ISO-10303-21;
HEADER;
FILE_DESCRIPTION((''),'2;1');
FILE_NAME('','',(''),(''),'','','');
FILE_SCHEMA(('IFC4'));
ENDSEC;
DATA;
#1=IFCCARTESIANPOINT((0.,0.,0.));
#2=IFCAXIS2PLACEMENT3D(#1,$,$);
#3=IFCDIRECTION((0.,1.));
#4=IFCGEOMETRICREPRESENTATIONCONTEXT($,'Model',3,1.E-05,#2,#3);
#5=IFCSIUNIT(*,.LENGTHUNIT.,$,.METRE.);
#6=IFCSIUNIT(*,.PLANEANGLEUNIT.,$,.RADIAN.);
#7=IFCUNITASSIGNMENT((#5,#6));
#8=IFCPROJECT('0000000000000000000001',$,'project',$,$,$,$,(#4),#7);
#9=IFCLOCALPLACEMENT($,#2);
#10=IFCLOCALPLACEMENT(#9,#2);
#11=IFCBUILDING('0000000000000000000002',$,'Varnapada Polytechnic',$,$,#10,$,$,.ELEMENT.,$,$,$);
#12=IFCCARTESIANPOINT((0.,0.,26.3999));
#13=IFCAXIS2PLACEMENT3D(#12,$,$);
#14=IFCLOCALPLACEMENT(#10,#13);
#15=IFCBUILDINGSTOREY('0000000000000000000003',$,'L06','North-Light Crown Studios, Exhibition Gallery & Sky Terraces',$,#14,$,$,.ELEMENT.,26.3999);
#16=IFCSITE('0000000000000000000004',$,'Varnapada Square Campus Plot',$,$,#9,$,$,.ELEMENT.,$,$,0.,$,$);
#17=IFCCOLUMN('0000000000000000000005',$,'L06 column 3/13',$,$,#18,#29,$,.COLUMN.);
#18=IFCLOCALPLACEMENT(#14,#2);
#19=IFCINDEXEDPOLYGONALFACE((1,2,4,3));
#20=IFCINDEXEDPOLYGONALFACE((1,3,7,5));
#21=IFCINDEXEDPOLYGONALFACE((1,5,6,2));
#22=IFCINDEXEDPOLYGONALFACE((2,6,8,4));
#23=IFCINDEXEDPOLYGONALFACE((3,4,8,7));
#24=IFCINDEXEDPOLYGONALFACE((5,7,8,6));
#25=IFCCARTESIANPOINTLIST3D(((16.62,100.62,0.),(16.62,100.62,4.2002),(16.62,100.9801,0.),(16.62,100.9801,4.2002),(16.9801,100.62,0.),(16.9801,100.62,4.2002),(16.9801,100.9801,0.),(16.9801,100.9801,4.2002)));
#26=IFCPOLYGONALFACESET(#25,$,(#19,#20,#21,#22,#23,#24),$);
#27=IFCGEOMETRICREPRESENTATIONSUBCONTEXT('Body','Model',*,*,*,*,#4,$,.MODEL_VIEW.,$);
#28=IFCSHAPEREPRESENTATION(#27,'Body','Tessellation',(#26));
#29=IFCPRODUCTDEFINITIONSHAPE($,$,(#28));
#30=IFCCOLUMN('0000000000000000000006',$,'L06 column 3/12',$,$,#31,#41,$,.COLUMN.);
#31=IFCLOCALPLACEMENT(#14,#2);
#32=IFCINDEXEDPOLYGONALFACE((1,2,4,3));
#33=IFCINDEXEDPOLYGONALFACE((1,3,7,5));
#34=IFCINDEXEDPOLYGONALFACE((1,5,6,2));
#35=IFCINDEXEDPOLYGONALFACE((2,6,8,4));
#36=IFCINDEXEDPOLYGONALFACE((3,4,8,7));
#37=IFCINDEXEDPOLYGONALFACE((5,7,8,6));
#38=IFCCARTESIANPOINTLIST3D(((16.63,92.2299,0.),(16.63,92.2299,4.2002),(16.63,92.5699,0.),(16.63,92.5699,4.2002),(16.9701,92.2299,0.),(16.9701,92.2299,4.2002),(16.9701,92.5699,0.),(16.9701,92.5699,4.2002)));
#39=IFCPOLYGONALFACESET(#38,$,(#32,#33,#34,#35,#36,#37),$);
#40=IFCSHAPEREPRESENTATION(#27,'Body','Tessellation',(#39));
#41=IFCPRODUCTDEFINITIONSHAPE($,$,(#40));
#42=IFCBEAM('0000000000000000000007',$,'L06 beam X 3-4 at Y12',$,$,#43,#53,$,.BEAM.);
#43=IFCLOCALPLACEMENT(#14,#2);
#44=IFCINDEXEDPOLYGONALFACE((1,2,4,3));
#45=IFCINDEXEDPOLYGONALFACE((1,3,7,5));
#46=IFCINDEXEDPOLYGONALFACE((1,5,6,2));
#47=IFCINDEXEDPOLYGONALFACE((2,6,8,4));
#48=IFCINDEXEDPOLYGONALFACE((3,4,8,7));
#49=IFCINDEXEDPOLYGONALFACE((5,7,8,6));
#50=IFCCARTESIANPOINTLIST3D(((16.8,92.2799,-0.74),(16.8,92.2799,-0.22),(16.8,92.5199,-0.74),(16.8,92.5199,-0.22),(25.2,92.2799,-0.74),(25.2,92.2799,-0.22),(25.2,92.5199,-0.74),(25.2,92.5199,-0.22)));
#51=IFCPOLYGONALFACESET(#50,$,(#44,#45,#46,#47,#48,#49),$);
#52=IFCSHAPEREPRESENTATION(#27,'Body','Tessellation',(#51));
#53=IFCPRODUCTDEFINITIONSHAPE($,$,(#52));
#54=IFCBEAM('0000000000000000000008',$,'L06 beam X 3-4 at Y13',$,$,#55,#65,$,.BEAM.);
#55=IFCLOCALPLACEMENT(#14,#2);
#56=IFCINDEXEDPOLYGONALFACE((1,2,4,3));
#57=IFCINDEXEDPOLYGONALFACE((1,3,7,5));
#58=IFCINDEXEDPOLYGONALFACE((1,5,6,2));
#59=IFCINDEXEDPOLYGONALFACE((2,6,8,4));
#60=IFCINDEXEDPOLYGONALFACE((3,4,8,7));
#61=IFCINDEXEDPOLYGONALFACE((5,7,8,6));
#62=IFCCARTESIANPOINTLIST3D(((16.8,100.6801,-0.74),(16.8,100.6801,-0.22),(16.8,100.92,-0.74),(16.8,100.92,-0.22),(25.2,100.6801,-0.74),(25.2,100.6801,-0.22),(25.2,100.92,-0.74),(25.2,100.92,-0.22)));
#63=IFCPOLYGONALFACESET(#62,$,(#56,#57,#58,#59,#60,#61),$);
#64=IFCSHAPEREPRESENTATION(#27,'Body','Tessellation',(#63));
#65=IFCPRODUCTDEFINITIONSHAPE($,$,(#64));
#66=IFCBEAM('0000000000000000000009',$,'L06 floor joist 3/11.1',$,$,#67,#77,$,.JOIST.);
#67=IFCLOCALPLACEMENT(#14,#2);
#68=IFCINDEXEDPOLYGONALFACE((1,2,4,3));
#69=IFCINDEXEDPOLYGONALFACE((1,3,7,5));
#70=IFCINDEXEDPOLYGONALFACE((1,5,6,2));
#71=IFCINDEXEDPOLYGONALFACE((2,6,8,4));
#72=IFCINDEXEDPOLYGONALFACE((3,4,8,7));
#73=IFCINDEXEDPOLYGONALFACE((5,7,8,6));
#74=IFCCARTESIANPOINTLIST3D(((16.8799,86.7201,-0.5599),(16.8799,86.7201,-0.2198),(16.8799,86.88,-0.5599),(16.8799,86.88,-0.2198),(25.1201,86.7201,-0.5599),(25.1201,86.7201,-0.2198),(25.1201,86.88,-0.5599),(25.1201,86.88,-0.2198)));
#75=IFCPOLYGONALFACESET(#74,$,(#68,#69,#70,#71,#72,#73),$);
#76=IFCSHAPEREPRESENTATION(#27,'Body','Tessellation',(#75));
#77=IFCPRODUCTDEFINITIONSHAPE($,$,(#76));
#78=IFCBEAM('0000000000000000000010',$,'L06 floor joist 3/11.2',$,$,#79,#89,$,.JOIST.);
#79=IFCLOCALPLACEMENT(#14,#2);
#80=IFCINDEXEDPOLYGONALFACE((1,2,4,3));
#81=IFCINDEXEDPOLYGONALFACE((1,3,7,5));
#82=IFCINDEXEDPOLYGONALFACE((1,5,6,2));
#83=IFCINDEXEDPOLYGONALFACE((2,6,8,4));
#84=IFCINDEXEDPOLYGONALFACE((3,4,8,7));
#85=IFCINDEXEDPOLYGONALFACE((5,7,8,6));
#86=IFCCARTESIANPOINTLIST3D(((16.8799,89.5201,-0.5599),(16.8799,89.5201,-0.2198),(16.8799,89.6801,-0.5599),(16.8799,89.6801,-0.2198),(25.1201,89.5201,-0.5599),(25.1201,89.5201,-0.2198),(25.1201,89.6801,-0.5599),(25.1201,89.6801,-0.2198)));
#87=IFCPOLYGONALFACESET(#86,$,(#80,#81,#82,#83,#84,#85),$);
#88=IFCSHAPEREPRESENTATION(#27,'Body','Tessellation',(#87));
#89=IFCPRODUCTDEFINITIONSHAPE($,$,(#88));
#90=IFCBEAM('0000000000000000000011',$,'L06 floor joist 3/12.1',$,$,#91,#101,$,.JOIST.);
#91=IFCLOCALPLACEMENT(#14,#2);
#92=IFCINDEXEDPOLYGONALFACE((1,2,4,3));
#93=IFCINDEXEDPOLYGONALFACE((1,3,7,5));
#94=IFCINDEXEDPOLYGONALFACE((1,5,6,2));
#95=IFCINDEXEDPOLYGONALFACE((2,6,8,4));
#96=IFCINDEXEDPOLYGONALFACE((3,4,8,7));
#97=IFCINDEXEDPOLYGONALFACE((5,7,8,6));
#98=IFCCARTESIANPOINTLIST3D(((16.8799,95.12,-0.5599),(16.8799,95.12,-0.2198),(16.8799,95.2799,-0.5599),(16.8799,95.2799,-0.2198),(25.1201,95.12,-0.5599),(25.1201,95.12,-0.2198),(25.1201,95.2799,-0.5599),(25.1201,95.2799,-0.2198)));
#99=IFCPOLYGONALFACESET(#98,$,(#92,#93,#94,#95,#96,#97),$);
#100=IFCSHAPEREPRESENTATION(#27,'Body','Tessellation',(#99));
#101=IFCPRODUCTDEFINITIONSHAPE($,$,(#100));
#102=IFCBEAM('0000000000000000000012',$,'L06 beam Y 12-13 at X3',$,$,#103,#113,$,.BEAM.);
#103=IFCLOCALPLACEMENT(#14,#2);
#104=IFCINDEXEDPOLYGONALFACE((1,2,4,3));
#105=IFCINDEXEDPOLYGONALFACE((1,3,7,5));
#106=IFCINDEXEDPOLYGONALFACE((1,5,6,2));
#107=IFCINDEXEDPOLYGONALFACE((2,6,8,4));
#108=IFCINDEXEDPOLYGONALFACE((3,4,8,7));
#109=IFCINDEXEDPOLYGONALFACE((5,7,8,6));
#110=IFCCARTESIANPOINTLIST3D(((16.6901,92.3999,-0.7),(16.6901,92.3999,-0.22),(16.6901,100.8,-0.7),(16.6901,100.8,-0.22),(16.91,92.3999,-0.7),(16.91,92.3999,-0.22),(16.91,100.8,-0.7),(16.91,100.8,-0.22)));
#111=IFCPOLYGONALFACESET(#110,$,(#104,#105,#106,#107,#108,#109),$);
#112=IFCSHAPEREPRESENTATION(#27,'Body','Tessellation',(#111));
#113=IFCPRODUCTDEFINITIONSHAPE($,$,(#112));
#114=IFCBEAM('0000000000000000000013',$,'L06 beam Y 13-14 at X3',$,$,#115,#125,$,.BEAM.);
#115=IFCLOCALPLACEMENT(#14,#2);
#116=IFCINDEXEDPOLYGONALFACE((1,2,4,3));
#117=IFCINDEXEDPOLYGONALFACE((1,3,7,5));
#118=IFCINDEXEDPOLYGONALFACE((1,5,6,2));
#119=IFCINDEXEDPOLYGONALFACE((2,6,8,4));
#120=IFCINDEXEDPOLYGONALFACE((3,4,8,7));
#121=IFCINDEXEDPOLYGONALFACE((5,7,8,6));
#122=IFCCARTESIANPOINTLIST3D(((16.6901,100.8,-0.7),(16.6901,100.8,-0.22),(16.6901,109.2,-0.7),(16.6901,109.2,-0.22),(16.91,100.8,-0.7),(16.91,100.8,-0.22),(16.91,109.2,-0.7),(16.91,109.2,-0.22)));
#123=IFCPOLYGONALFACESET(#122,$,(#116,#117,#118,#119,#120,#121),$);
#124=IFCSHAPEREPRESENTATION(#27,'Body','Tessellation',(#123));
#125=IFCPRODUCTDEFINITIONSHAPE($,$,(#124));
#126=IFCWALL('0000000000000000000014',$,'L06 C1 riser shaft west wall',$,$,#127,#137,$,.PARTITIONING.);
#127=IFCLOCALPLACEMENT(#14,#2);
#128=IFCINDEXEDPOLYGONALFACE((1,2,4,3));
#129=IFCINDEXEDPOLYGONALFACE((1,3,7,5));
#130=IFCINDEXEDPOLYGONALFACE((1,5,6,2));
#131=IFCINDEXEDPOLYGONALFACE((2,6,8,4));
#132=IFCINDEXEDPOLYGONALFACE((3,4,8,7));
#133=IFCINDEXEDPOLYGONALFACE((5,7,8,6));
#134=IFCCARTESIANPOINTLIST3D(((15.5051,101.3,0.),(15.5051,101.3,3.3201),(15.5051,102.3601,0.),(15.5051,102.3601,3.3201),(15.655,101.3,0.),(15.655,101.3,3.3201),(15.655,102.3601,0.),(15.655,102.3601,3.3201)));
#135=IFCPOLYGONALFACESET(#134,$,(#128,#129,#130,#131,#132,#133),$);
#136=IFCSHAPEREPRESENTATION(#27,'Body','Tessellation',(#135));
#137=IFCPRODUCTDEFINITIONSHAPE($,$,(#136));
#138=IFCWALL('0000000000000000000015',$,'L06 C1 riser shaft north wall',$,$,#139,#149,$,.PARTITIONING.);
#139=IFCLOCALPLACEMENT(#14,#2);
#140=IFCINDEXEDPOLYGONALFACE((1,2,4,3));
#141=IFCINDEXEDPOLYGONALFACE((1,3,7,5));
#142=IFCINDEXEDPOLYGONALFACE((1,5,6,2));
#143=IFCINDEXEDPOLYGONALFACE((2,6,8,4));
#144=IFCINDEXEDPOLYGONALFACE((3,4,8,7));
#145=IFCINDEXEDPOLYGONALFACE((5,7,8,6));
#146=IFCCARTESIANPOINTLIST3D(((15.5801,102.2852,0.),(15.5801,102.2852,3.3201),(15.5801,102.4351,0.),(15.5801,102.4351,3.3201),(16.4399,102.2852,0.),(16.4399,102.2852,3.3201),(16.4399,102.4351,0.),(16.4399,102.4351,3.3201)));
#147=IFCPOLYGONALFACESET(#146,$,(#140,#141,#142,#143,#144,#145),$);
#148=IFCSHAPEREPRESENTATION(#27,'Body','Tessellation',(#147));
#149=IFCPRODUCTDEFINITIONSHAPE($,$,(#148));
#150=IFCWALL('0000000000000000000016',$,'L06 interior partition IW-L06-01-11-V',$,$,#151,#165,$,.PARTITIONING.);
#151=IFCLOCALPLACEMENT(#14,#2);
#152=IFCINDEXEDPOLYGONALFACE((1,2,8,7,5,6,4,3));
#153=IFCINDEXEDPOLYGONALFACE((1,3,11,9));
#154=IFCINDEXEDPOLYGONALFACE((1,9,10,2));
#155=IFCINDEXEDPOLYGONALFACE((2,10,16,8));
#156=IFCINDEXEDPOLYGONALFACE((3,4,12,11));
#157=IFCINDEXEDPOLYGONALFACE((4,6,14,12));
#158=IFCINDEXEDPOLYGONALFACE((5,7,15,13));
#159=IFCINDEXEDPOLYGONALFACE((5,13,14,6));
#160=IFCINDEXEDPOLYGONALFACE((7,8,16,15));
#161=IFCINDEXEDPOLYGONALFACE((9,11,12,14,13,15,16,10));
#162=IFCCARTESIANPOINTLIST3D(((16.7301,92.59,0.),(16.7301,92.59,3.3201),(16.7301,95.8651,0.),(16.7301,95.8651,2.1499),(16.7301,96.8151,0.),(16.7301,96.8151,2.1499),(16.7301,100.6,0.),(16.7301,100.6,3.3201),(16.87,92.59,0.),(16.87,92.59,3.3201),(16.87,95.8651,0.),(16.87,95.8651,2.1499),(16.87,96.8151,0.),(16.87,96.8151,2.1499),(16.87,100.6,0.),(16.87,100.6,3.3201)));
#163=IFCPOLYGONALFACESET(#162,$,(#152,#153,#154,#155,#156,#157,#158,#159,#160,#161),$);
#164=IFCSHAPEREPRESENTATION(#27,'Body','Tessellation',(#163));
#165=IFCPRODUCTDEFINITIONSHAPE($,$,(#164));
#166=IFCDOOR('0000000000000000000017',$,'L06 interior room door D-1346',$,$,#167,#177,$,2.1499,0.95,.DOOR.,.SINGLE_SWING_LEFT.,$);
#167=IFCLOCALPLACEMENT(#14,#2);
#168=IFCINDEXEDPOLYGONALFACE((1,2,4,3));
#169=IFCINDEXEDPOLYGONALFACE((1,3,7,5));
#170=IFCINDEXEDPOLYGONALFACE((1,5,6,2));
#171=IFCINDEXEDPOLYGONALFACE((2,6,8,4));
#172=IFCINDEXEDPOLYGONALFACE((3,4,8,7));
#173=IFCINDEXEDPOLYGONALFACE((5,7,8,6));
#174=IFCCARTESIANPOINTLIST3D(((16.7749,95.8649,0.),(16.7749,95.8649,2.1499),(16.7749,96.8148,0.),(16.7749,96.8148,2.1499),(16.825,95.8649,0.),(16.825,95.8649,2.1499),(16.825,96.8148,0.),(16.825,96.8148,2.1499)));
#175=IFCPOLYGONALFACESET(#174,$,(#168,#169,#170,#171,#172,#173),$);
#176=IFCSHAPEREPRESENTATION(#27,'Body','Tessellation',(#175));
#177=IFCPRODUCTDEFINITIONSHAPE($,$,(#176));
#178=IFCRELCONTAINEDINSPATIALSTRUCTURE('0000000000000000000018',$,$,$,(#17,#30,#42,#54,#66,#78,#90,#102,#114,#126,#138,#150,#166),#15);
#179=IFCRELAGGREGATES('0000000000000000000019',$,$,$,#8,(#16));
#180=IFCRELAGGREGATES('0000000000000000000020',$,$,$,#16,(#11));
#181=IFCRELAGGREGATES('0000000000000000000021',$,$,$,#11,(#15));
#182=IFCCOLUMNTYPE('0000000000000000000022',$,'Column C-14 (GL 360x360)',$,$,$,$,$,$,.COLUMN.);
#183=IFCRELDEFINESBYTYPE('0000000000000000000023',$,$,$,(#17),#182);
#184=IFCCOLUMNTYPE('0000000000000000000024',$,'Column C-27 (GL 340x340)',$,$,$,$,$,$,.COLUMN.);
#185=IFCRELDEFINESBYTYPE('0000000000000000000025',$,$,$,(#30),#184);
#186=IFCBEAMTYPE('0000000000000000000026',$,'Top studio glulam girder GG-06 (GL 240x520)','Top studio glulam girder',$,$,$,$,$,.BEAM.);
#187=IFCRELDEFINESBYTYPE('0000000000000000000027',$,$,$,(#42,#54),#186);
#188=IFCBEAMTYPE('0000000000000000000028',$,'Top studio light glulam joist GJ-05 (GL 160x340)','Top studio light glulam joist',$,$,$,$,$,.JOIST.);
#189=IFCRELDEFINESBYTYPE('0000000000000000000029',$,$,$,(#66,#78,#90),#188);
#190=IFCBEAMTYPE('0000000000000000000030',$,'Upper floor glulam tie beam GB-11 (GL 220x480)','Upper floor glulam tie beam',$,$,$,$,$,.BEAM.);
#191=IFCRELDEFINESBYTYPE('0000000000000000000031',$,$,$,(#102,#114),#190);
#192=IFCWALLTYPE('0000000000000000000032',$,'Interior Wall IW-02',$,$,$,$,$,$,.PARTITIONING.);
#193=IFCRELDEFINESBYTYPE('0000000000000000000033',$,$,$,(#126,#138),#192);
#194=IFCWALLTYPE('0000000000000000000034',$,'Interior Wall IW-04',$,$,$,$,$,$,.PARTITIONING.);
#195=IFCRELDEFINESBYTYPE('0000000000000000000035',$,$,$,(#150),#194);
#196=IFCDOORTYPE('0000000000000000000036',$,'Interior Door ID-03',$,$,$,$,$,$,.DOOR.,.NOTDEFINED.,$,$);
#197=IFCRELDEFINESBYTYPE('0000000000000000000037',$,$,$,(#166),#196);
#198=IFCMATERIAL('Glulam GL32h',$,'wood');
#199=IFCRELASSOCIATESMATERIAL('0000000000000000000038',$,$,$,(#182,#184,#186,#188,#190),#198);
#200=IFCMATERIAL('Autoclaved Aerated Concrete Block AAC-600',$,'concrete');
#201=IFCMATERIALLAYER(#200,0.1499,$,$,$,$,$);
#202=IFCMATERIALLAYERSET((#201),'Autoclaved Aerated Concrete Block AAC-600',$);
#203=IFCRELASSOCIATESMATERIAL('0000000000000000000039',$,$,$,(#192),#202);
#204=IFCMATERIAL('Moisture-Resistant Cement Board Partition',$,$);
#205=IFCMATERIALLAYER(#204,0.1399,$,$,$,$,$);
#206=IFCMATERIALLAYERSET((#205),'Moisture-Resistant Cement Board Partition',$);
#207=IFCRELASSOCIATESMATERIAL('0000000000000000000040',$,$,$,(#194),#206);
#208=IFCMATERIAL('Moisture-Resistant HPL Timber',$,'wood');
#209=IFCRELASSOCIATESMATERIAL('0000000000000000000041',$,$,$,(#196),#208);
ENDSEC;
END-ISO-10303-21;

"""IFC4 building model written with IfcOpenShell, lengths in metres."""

from ifc_helpers import new_model, si_unit, direction, frame, frame_2d, origin, origin_2d, place, context, subcontext, project, spatial, rectangle, extrude, material, layer, layer_set, material_profile, profile_set, type_object, element, fill, save


model = new_model("IFC4")

# Units and contexts
model_context = context("Model", 3, precision=1e-05, world=origin(), true_north=direction((0.0, 1.0)))
body_context = subcontext(model_context, "Body", "Model", "MODEL_VIEW")
ifc_project = project(units=[si_unit("LENGTHUNIT", "METRE"), si_unit("PLANEANGLEUNIT", "RADIAN")], contexts=[model_context])

# Site, building, storey
site_placement = place(None, origin())
site = spatial("IfcSite", under=ifc_project, at=site_placement, Name="Varnapada Square Campus Plot", CompositionType="ELEMENT", RefElevation=0.0)
building_placement = place(site_placement, origin())
building = spatial("IfcBuilding", under=site, at=building_placement, Name="Varnapada Polytechnic", CompositionType="ELEMENT")
storey_placement = place(building_placement, frame((0.0, 0.0, 26.3999)))
storey = spatial("IfcBuildingStorey", under=building, at=storey_placement, Name="L06", Description="North-Light Crown Studios, Exhibition Gallery & Sky Terraces", CompositionType="ELEMENT", Elevation=26.3999)

# Columns
ifc_material_1 = material(Name="Glulam GL32h", Category="wood")
ifc_material_profile_1 = material_profile(ifc_material_1, rectangle(XDim=0.3601, YDim=0.3601, at=origin_2d()), Name="GL 360x360")
ifc_profile_set_1 = profile_set([ifc_material_profile_1], Name="Glulam GL32h")
column_type_1 = type_object("IfcColumnType", Name="Column C-14 (GL 360x360)", PredefinedType="COLUMN", material=ifc_profile_set_1)
column_1_placement = place(storey_placement, frame((16.8, 100.8, 0.0), z_axis=(0.0, 0.0, 1.0), x_axis=(1.0, 0.0, 0.0)))
element("IfcColumn", 1, at=column_1_placement, inside=storey, type_object=column_type_1, Name="L06 column 3/13", PredefinedType="COLUMN", context=body_context, shape_type="SweptSolid", body=[
    extrude(rectangle(XDim=0.3601, YDim=0.3601, at=origin_2d()), origin(), (0.0, 0.0, 1.0), 4.2002),
])
ifc_material_profile_2 = material_profile(ifc_material_1, rectangle(XDim=0.3401, YDim=0.3401, at=origin_2d()), Name="GL 340x340")
ifc_profile_set_2 = profile_set([ifc_material_profile_2], Name="Glulam GL32h")
column_type_2 = type_object("IfcColumnType", Name="Column C-27 (GL 340x340)", PredefinedType="COLUMN", material=ifc_profile_set_2)
column_2_placement = place(storey_placement, frame((16.8, 92.3999, 0.0), z_axis=(0.0, 0.0, 1.0), x_axis=(1.0, 0.0, 0.0)))
element("IfcColumn", 2, at=column_2_placement, inside=storey, type_object=column_type_2, Name="L06 column 3/12", PredefinedType="COLUMN", context=body_context, shape_type="SweptSolid", body=[
    extrude(rectangle(XDim=0.3401, YDim=0.3401, at=origin_2d()), origin(), (0.0, 0.0, 1.0), 4.2002),
])

# Beams
ifc_material_profile_3 = material_profile(ifc_material_1, rectangle(XDim=0.24, YDim=0.52, at=origin_2d()), Name="GL 240x520")
ifc_profile_set_3 = profile_set([ifc_material_profile_3], Name="Glulam GL32h")
beam_type_1 = type_object("IfcBeamType", Name="Top studio glulam girder GG-06 (GL 240x520)", Description="Top studio glulam girder", PredefinedType="BEAM", material=ifc_profile_set_3)
for number, where, z_axis, x_axis, name in (
    (3, (16.8, 92.3999, -0.48), (1.0, 0.0, 0.0), (0.0, 1.0, 0.0), "L06 beam X 3-4 at Y12"),
    (4, (16.8, 100.8, -0.48), (1.0, 0.0, 0.0), (0.0, 1.0, 0.0), "L06 beam X 3-4 at Y13"),
):
    element("IfcBeam", number, at=place(storey_placement, frame(where, z_axis=z_axis, x_axis=x_axis)), inside=storey, type_object=beam_type_1, Name=name, PredefinedType="BEAM", context=body_context, shape_type="SweptSolid", body=[
        extrude(rectangle(XDim=0.24, YDim=0.52, at=origin_2d()), origin(), (0.0, 0.0, 1.0), 8.3999),
    ])
ifc_material_profile_4 = material_profile(ifc_material_1, rectangle(XDim=0.1599, YDim=0.3401, at=origin_2d()), Name="GL 160x340")
ifc_profile_set_4 = profile_set([ifc_material_profile_4], Name="Glulam GL32h")
beam_type_2 = type_object("IfcBeamType", Name="Top studio light glulam joist GJ-05 (GL 160x340)", Description="Top studio light glulam joist", PredefinedType="JOIST", material=ifc_profile_set_4)
for number, where, z_axis, x_axis, name in (
    (5, (16.8799, 86.8, -0.3899), (1.0, 0.0, 0.0), (0.0, 1.0, 0.0), "L06 floor joist 3/11.1"),
    (6, (16.8799, 89.6001, -0.3899), (1.0, 0.0, 0.0), (0.0, 1.0, 0.0), "L06 floor joist 3/11.2"),
    (7, (16.8799, 95.2, -0.3899), (1.0, 0.0, 0.0), (0.0, 1.0, 0.0), "L06 floor joist 3/12.1"),
):
    element("IfcBeam", number, at=place(storey_placement, frame(where, z_axis=z_axis, x_axis=x_axis)), inside=storey, type_object=beam_type_2, Name=name, PredefinedType="JOIST", context=body_context, shape_type="SweptSolid", body=[
        extrude(rectangle(XDim=0.1599, YDim=0.3401, at=origin_2d()), origin(), (0.0, 0.0, 1.0), 8.2402),
    ])
ifc_material_profile_5 = material_profile(ifc_material_1, rectangle(XDim=0.22, YDim=0.48, at=origin_2d()), Name="GL 220x480")
ifc_profile_set_5 = profile_set([ifc_material_profile_5], Name="Glulam GL32h")
beam_type_3 = type_object("IfcBeamType", Name="Upper floor glulam tie beam GB-11 (GL 220x480)", Description="Upper floor glulam tie beam", PredefinedType="BEAM", material=ifc_profile_set_5)
beam_1_placement = place(storey_placement, frame((16.8, 92.3999, -0.46), z_axis=(0.0, 1.0, 0.0), x_axis=(-1.0, 0.0, 0.0)))
element("IfcBeam", 8, at=beam_1_placement, inside=storey, type_object=beam_type_3, Name="L06 beam Y 12-13 at X3", PredefinedType="BEAM", context=body_context, shape_type="SweptSolid", body=[
    extrude(rectangle(XDim=0.22, YDim=0.48, at=origin_2d()), origin(), (0.0, 0.0, 1.0), 8.4001),
])
beam_2_placement = place(storey_placement, frame((16.8, 100.8, -0.46), z_axis=(0.0, 1.0, 0.0), x_axis=(-1.0, 0.0, 0.0)))
element("IfcBeam", 9, at=beam_2_placement, inside=storey, type_object=beam_type_3, Name="L06 beam Y 13-14 at X3", PredefinedType="BEAM", context=body_context, shape_type="SweptSolid", body=[
    extrude(rectangle(XDim=0.22, YDim=0.48, at=origin_2d()), origin(), (0.0, 0.0, 1.0), 8.3999),
])

# Walls
ifc_material_2 = material(Name="Autoclaved Aerated Concrete Block AAC-600", Category="concrete")
ifc_layer_1 = layer(ifc_material_2, 0.1499)
ifc_layer_set_1 = layer_set([ifc_layer_1], Name="Autoclaved Aerated Concrete Block AAC-600")
wall_type_1 = type_object("IfcWallType", Name="Interior Wall IW-02", PredefinedType="PARTITIONING", material=ifc_layer_set_1)
wall_1_placement = place(storey_placement, frame((15.5801, 102.3601, 0.0), z_axis=(0.0, 0.0, 1.0), x_axis=(0.0, -1.0, 0.0)))
element("IfcWall", 10, at=wall_1_placement, inside=storey, type_object=wall_type_1, Name="L06 C1 riser shaft west wall", PredefinedType="PARTITIONING", context=body_context, shape_type="SweptSolid", body=[
    extrude(rectangle(XDim=1.0601, YDim=0.1499, at=frame_2d((0.53, 0.0))), origin(), (0.0, 0.0, 1.0), 3.3201),
])
wall_2_placement = place(storey_placement, frame((15.5801, 102.3601, 0.0), z_axis=(0.0, 0.0, 1.0), x_axis=(1.0, 0.0, 0.0)))
element("IfcWall", 11, at=wall_2_placement, inside=storey, type_object=wall_type_1, Name="L06 C1 riser shaft north wall", PredefinedType="PARTITIONING", context=body_context, shape_type="SweptSolid", body=[
    extrude(rectangle(XDim=0.8599, YDim=0.1499, at=frame_2d((0.4299, 0.0))), origin(), (0.0, 0.0, 1.0), 3.3201),
])

# Wall, opening, door
ifc_material_3 = material(Name="Moisture-Resistant Cement Board Partition")
ifc_layer_2 = layer(ifc_material_3, 0.1399)
ifc_layer_set_2 = layer_set([ifc_layer_2], Name="Moisture-Resistant Cement Board Partition")
wall_type_2 = type_object("IfcWallType", Name="Interior Wall IW-04", PredefinedType="PARTITIONING", material=ifc_layer_set_2)
wall_3_placement = place(storey_placement, frame((16.8, 92.5901, 0.0), z_axis=(0.0, 0.0, 1.0), x_axis=(0.0, 1.0, 0.0)))
wall_3 = element("IfcWall", 12, at=wall_3_placement, inside=storey, type_object=wall_type_2, Name="L06 interior partition IW-L06-01-11-V", PredefinedType="PARTITIONING", context=body_context, shape_type="SweptSolid", body=[
    extrude(rectangle(XDim=8.01, YDim=0.1399, at=frame_2d((4.0049, 0.0))), origin(), (0.0, 0.0, 1.0), 3.3201),
])
opening_1_placement = place(wall_3_placement, frame((3.2749, 0.0, 0.0)))
opening_1 = element("IfcOpeningElement", 13, at=opening_1_placement, cuts=wall_3, PredefinedType="OPENING", context=body_context, shape_type="SweptSolid", body=[
    extrude(rectangle(XDim=0.95, YDim=2.1499, at=frame_2d((0.4751, 1.075))), frame((0.0, 0.0798, 0.0), z_axis=(0.0, -1.0, 0.0), x_axis=(1.0, 0.0, 0.0)), (0.0, 0.0, 1.0), 0.1599),
])
ifc_material_4 = material(Name="Moisture-Resistant HPL Timber", Category="wood")
door_type_1 = type_object("IfcDoorType", Name="Interior Door ID-03", OperationType="NOTDEFINED", PredefinedType="DOOR", material=ifc_material_4)
door_1_placement = place(opening_1_placement, frame((0.95, 0.0, 0.0), z_axis=(0.0, 0.0, 1.0), x_axis=(-1.0, 0.0, 0.0)))
door_1 = element("IfcDoor", 14, at=door_1_placement, inside=storey, type_object=door_type_1, Name="L06 interior room door D-1346", OperationType="SINGLE_SWING_LEFT", OverallHeight=2.1499, OverallWidth=0.95, PredefinedType="DOOR", context=body_context, shape_type="SweptSolid", body=[
    extrude(rectangle(XDim=0.95, YDim=2.1499, at=frame_2d((0.4751, 1.075))), frame((0.0, 0.0249, 0.0), z_axis=(0.0, -1.0, 0.0), x_axis=(1.0, 0.0, 0.0)), (0.0, 0.0, 1.0), 0.05),
])
fill(opening_1, door_1)

save(model, "model.ifc")
